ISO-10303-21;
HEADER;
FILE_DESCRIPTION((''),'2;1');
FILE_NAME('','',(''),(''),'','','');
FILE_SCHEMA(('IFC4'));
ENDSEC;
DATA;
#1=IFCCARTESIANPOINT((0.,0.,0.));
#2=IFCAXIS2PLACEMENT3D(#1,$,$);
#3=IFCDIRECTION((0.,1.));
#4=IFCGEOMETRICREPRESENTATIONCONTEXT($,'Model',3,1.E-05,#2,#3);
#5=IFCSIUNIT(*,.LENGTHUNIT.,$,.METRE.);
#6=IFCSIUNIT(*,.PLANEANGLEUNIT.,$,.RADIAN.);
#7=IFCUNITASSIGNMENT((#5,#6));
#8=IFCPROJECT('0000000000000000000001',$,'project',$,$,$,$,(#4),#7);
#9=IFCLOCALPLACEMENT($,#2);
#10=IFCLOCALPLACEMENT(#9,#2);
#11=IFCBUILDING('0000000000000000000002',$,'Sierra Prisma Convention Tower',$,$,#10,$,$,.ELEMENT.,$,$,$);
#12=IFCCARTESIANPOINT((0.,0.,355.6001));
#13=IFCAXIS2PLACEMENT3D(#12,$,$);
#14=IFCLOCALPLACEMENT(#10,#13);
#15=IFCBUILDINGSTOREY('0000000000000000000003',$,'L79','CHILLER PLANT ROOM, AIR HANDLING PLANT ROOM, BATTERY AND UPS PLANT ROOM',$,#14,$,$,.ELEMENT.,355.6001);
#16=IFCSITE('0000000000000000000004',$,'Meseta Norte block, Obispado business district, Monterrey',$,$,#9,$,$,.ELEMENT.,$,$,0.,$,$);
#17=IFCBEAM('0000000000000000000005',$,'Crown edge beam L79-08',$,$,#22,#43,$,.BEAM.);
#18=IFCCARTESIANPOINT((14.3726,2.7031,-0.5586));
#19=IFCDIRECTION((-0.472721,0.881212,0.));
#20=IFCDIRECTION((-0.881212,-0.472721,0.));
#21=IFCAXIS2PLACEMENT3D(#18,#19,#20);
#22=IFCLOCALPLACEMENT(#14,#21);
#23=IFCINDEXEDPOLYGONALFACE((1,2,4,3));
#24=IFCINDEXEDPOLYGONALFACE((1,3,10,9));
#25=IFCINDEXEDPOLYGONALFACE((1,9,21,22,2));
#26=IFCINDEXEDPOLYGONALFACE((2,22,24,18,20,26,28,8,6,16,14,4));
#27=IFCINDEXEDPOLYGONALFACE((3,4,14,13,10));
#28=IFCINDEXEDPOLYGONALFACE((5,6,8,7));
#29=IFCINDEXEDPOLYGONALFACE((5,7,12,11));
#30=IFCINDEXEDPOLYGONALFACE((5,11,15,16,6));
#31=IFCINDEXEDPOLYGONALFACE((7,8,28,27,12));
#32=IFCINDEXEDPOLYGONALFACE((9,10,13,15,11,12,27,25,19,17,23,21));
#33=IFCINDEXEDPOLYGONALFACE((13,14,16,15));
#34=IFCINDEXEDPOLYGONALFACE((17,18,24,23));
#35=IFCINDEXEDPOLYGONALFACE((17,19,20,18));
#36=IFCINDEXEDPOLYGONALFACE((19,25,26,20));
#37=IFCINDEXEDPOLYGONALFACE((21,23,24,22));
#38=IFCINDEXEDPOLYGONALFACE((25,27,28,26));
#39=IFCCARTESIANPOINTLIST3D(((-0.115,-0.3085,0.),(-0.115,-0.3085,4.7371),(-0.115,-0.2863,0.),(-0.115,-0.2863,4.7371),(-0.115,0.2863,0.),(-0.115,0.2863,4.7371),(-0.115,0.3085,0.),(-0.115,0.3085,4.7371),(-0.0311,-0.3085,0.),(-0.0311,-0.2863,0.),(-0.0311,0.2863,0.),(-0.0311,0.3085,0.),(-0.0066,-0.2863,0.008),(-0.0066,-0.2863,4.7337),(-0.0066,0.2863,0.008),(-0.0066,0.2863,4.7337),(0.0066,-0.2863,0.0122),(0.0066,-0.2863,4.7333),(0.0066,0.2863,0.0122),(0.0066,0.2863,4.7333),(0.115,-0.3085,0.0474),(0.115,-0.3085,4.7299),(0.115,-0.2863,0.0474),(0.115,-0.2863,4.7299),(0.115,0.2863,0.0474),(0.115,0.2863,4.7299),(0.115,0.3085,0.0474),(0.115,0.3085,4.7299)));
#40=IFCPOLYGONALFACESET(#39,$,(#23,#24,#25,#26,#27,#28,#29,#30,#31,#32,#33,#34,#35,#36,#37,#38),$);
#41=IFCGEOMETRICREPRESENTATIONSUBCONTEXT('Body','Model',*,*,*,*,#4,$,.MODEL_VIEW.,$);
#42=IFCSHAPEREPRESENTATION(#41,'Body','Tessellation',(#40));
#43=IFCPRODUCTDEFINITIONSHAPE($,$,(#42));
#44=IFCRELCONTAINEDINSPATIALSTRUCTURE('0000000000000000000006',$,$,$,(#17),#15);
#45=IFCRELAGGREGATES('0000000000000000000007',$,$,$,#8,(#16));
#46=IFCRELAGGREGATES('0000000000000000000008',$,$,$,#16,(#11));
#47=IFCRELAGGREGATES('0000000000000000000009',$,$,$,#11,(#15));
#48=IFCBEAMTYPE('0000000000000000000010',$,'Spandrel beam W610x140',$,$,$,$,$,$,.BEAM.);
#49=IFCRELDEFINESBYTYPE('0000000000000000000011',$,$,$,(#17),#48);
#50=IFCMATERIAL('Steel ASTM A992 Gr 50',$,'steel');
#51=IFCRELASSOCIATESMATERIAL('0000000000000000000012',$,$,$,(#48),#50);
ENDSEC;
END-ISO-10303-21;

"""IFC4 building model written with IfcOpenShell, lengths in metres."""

from ifc_helpers import new_model, si_unit, direction, frame, origin, origin_2d, place, context, subcontext, project, spatial, i_section, extrude, clip, halfspace, material, material_profile, profile_set, type_object, element, save


model = new_model("IFC4")

# Units and contexts
model_context = context("Model", 3, precision=1e-05, world=origin(), true_north=direction((0.0, 1.0)))
body_context = subcontext(model_context, "Body", "Model", "MODEL_VIEW")
ifc_project = project(units=[si_unit("LENGTHUNIT", "METRE"), si_unit("PLANEANGLEUNIT", "RADIAN")], contexts=[model_context])

# Site, building, storey
site_placement = place(None, origin())
site = spatial("IfcSite", under=ifc_project, at=site_placement, Name="Meseta Norte block, Obispado business district, Monterrey", CompositionType="ELEMENT", RefElevation=0.0)
building_placement = place(site_placement, origin())
building = spatial("IfcBuilding", under=site, at=building_placement, Name="Sierra Prisma Convention Tower", CompositionType="ELEMENT")
storey_placement = place(building_placement, frame((0.0, 0.0, 355.6001)))
storey = spatial("IfcBuildingStorey", under=building, at=storey_placement, Name="L79", Description="CHILLER PLANT ROOM, AIR HANDLING PLANT ROOM, BATTERY AND UPS PLANT ROOM", CompositionType="ELEMENT", Elevation=355.6001)

# Beam
ifc_material_1 = material(Name="Steel ASTM A992 Gr 50", Category="steel")
ifc_material_profile_1 = material_profile(ifc_material_1, i_section(OverallWidth=0.23, OverallDepth=0.6169, WebThickness=0.0132, FlangeThickness=0.0222, at=origin_2d()), Name="W610x140")
ifc_profile_set_1 = profile_set([ifc_material_profile_1], Name="Steel ASTM A992 Gr 50")
beam_type_1 = type_object("IfcBeamType", Name="Spandrel beam W610x140", PredefinedType="BEAM", material=ifc_profile_set_1)
beam_1_placement = place(storey_placement, frame((14.3726, 2.7031, -0.5586), z_axis=(-0.472721, 0.881212, 0.0), x_axis=(-0.881212, -0.472721, 0.0)))
element("IfcBeam", 1, at=beam_1_placement, inside=storey, type_object=beam_type_1, Name="Crown edge beam L79-08", PredefinedType="BEAM", context=body_context, shape_type="SweptSolid", body=[
    clip(clip(extrude(i_section(OverallWidth=0.23, OverallDepth=0.6169, WebThickness=0.0132, FlangeThickness=0.0222, at=origin_2d()), origin(), (0.0, 0.0, 1.0), 4.7437), halfspace(frame((-0.0349, 0.0, -0.0012), z_axis=(-0.308497, 0.0, 0.951225), x_axis=(0.951225, 0.0, 0.308497)), True)), halfspace(frame((-0.0034, 0.0, 4.7336), z_axis=(-0.031217, 0.0, -0.999513), x_axis=(0.999513, 0.0, -0.031217)), True)),
])

save(model, "model.ifc")
